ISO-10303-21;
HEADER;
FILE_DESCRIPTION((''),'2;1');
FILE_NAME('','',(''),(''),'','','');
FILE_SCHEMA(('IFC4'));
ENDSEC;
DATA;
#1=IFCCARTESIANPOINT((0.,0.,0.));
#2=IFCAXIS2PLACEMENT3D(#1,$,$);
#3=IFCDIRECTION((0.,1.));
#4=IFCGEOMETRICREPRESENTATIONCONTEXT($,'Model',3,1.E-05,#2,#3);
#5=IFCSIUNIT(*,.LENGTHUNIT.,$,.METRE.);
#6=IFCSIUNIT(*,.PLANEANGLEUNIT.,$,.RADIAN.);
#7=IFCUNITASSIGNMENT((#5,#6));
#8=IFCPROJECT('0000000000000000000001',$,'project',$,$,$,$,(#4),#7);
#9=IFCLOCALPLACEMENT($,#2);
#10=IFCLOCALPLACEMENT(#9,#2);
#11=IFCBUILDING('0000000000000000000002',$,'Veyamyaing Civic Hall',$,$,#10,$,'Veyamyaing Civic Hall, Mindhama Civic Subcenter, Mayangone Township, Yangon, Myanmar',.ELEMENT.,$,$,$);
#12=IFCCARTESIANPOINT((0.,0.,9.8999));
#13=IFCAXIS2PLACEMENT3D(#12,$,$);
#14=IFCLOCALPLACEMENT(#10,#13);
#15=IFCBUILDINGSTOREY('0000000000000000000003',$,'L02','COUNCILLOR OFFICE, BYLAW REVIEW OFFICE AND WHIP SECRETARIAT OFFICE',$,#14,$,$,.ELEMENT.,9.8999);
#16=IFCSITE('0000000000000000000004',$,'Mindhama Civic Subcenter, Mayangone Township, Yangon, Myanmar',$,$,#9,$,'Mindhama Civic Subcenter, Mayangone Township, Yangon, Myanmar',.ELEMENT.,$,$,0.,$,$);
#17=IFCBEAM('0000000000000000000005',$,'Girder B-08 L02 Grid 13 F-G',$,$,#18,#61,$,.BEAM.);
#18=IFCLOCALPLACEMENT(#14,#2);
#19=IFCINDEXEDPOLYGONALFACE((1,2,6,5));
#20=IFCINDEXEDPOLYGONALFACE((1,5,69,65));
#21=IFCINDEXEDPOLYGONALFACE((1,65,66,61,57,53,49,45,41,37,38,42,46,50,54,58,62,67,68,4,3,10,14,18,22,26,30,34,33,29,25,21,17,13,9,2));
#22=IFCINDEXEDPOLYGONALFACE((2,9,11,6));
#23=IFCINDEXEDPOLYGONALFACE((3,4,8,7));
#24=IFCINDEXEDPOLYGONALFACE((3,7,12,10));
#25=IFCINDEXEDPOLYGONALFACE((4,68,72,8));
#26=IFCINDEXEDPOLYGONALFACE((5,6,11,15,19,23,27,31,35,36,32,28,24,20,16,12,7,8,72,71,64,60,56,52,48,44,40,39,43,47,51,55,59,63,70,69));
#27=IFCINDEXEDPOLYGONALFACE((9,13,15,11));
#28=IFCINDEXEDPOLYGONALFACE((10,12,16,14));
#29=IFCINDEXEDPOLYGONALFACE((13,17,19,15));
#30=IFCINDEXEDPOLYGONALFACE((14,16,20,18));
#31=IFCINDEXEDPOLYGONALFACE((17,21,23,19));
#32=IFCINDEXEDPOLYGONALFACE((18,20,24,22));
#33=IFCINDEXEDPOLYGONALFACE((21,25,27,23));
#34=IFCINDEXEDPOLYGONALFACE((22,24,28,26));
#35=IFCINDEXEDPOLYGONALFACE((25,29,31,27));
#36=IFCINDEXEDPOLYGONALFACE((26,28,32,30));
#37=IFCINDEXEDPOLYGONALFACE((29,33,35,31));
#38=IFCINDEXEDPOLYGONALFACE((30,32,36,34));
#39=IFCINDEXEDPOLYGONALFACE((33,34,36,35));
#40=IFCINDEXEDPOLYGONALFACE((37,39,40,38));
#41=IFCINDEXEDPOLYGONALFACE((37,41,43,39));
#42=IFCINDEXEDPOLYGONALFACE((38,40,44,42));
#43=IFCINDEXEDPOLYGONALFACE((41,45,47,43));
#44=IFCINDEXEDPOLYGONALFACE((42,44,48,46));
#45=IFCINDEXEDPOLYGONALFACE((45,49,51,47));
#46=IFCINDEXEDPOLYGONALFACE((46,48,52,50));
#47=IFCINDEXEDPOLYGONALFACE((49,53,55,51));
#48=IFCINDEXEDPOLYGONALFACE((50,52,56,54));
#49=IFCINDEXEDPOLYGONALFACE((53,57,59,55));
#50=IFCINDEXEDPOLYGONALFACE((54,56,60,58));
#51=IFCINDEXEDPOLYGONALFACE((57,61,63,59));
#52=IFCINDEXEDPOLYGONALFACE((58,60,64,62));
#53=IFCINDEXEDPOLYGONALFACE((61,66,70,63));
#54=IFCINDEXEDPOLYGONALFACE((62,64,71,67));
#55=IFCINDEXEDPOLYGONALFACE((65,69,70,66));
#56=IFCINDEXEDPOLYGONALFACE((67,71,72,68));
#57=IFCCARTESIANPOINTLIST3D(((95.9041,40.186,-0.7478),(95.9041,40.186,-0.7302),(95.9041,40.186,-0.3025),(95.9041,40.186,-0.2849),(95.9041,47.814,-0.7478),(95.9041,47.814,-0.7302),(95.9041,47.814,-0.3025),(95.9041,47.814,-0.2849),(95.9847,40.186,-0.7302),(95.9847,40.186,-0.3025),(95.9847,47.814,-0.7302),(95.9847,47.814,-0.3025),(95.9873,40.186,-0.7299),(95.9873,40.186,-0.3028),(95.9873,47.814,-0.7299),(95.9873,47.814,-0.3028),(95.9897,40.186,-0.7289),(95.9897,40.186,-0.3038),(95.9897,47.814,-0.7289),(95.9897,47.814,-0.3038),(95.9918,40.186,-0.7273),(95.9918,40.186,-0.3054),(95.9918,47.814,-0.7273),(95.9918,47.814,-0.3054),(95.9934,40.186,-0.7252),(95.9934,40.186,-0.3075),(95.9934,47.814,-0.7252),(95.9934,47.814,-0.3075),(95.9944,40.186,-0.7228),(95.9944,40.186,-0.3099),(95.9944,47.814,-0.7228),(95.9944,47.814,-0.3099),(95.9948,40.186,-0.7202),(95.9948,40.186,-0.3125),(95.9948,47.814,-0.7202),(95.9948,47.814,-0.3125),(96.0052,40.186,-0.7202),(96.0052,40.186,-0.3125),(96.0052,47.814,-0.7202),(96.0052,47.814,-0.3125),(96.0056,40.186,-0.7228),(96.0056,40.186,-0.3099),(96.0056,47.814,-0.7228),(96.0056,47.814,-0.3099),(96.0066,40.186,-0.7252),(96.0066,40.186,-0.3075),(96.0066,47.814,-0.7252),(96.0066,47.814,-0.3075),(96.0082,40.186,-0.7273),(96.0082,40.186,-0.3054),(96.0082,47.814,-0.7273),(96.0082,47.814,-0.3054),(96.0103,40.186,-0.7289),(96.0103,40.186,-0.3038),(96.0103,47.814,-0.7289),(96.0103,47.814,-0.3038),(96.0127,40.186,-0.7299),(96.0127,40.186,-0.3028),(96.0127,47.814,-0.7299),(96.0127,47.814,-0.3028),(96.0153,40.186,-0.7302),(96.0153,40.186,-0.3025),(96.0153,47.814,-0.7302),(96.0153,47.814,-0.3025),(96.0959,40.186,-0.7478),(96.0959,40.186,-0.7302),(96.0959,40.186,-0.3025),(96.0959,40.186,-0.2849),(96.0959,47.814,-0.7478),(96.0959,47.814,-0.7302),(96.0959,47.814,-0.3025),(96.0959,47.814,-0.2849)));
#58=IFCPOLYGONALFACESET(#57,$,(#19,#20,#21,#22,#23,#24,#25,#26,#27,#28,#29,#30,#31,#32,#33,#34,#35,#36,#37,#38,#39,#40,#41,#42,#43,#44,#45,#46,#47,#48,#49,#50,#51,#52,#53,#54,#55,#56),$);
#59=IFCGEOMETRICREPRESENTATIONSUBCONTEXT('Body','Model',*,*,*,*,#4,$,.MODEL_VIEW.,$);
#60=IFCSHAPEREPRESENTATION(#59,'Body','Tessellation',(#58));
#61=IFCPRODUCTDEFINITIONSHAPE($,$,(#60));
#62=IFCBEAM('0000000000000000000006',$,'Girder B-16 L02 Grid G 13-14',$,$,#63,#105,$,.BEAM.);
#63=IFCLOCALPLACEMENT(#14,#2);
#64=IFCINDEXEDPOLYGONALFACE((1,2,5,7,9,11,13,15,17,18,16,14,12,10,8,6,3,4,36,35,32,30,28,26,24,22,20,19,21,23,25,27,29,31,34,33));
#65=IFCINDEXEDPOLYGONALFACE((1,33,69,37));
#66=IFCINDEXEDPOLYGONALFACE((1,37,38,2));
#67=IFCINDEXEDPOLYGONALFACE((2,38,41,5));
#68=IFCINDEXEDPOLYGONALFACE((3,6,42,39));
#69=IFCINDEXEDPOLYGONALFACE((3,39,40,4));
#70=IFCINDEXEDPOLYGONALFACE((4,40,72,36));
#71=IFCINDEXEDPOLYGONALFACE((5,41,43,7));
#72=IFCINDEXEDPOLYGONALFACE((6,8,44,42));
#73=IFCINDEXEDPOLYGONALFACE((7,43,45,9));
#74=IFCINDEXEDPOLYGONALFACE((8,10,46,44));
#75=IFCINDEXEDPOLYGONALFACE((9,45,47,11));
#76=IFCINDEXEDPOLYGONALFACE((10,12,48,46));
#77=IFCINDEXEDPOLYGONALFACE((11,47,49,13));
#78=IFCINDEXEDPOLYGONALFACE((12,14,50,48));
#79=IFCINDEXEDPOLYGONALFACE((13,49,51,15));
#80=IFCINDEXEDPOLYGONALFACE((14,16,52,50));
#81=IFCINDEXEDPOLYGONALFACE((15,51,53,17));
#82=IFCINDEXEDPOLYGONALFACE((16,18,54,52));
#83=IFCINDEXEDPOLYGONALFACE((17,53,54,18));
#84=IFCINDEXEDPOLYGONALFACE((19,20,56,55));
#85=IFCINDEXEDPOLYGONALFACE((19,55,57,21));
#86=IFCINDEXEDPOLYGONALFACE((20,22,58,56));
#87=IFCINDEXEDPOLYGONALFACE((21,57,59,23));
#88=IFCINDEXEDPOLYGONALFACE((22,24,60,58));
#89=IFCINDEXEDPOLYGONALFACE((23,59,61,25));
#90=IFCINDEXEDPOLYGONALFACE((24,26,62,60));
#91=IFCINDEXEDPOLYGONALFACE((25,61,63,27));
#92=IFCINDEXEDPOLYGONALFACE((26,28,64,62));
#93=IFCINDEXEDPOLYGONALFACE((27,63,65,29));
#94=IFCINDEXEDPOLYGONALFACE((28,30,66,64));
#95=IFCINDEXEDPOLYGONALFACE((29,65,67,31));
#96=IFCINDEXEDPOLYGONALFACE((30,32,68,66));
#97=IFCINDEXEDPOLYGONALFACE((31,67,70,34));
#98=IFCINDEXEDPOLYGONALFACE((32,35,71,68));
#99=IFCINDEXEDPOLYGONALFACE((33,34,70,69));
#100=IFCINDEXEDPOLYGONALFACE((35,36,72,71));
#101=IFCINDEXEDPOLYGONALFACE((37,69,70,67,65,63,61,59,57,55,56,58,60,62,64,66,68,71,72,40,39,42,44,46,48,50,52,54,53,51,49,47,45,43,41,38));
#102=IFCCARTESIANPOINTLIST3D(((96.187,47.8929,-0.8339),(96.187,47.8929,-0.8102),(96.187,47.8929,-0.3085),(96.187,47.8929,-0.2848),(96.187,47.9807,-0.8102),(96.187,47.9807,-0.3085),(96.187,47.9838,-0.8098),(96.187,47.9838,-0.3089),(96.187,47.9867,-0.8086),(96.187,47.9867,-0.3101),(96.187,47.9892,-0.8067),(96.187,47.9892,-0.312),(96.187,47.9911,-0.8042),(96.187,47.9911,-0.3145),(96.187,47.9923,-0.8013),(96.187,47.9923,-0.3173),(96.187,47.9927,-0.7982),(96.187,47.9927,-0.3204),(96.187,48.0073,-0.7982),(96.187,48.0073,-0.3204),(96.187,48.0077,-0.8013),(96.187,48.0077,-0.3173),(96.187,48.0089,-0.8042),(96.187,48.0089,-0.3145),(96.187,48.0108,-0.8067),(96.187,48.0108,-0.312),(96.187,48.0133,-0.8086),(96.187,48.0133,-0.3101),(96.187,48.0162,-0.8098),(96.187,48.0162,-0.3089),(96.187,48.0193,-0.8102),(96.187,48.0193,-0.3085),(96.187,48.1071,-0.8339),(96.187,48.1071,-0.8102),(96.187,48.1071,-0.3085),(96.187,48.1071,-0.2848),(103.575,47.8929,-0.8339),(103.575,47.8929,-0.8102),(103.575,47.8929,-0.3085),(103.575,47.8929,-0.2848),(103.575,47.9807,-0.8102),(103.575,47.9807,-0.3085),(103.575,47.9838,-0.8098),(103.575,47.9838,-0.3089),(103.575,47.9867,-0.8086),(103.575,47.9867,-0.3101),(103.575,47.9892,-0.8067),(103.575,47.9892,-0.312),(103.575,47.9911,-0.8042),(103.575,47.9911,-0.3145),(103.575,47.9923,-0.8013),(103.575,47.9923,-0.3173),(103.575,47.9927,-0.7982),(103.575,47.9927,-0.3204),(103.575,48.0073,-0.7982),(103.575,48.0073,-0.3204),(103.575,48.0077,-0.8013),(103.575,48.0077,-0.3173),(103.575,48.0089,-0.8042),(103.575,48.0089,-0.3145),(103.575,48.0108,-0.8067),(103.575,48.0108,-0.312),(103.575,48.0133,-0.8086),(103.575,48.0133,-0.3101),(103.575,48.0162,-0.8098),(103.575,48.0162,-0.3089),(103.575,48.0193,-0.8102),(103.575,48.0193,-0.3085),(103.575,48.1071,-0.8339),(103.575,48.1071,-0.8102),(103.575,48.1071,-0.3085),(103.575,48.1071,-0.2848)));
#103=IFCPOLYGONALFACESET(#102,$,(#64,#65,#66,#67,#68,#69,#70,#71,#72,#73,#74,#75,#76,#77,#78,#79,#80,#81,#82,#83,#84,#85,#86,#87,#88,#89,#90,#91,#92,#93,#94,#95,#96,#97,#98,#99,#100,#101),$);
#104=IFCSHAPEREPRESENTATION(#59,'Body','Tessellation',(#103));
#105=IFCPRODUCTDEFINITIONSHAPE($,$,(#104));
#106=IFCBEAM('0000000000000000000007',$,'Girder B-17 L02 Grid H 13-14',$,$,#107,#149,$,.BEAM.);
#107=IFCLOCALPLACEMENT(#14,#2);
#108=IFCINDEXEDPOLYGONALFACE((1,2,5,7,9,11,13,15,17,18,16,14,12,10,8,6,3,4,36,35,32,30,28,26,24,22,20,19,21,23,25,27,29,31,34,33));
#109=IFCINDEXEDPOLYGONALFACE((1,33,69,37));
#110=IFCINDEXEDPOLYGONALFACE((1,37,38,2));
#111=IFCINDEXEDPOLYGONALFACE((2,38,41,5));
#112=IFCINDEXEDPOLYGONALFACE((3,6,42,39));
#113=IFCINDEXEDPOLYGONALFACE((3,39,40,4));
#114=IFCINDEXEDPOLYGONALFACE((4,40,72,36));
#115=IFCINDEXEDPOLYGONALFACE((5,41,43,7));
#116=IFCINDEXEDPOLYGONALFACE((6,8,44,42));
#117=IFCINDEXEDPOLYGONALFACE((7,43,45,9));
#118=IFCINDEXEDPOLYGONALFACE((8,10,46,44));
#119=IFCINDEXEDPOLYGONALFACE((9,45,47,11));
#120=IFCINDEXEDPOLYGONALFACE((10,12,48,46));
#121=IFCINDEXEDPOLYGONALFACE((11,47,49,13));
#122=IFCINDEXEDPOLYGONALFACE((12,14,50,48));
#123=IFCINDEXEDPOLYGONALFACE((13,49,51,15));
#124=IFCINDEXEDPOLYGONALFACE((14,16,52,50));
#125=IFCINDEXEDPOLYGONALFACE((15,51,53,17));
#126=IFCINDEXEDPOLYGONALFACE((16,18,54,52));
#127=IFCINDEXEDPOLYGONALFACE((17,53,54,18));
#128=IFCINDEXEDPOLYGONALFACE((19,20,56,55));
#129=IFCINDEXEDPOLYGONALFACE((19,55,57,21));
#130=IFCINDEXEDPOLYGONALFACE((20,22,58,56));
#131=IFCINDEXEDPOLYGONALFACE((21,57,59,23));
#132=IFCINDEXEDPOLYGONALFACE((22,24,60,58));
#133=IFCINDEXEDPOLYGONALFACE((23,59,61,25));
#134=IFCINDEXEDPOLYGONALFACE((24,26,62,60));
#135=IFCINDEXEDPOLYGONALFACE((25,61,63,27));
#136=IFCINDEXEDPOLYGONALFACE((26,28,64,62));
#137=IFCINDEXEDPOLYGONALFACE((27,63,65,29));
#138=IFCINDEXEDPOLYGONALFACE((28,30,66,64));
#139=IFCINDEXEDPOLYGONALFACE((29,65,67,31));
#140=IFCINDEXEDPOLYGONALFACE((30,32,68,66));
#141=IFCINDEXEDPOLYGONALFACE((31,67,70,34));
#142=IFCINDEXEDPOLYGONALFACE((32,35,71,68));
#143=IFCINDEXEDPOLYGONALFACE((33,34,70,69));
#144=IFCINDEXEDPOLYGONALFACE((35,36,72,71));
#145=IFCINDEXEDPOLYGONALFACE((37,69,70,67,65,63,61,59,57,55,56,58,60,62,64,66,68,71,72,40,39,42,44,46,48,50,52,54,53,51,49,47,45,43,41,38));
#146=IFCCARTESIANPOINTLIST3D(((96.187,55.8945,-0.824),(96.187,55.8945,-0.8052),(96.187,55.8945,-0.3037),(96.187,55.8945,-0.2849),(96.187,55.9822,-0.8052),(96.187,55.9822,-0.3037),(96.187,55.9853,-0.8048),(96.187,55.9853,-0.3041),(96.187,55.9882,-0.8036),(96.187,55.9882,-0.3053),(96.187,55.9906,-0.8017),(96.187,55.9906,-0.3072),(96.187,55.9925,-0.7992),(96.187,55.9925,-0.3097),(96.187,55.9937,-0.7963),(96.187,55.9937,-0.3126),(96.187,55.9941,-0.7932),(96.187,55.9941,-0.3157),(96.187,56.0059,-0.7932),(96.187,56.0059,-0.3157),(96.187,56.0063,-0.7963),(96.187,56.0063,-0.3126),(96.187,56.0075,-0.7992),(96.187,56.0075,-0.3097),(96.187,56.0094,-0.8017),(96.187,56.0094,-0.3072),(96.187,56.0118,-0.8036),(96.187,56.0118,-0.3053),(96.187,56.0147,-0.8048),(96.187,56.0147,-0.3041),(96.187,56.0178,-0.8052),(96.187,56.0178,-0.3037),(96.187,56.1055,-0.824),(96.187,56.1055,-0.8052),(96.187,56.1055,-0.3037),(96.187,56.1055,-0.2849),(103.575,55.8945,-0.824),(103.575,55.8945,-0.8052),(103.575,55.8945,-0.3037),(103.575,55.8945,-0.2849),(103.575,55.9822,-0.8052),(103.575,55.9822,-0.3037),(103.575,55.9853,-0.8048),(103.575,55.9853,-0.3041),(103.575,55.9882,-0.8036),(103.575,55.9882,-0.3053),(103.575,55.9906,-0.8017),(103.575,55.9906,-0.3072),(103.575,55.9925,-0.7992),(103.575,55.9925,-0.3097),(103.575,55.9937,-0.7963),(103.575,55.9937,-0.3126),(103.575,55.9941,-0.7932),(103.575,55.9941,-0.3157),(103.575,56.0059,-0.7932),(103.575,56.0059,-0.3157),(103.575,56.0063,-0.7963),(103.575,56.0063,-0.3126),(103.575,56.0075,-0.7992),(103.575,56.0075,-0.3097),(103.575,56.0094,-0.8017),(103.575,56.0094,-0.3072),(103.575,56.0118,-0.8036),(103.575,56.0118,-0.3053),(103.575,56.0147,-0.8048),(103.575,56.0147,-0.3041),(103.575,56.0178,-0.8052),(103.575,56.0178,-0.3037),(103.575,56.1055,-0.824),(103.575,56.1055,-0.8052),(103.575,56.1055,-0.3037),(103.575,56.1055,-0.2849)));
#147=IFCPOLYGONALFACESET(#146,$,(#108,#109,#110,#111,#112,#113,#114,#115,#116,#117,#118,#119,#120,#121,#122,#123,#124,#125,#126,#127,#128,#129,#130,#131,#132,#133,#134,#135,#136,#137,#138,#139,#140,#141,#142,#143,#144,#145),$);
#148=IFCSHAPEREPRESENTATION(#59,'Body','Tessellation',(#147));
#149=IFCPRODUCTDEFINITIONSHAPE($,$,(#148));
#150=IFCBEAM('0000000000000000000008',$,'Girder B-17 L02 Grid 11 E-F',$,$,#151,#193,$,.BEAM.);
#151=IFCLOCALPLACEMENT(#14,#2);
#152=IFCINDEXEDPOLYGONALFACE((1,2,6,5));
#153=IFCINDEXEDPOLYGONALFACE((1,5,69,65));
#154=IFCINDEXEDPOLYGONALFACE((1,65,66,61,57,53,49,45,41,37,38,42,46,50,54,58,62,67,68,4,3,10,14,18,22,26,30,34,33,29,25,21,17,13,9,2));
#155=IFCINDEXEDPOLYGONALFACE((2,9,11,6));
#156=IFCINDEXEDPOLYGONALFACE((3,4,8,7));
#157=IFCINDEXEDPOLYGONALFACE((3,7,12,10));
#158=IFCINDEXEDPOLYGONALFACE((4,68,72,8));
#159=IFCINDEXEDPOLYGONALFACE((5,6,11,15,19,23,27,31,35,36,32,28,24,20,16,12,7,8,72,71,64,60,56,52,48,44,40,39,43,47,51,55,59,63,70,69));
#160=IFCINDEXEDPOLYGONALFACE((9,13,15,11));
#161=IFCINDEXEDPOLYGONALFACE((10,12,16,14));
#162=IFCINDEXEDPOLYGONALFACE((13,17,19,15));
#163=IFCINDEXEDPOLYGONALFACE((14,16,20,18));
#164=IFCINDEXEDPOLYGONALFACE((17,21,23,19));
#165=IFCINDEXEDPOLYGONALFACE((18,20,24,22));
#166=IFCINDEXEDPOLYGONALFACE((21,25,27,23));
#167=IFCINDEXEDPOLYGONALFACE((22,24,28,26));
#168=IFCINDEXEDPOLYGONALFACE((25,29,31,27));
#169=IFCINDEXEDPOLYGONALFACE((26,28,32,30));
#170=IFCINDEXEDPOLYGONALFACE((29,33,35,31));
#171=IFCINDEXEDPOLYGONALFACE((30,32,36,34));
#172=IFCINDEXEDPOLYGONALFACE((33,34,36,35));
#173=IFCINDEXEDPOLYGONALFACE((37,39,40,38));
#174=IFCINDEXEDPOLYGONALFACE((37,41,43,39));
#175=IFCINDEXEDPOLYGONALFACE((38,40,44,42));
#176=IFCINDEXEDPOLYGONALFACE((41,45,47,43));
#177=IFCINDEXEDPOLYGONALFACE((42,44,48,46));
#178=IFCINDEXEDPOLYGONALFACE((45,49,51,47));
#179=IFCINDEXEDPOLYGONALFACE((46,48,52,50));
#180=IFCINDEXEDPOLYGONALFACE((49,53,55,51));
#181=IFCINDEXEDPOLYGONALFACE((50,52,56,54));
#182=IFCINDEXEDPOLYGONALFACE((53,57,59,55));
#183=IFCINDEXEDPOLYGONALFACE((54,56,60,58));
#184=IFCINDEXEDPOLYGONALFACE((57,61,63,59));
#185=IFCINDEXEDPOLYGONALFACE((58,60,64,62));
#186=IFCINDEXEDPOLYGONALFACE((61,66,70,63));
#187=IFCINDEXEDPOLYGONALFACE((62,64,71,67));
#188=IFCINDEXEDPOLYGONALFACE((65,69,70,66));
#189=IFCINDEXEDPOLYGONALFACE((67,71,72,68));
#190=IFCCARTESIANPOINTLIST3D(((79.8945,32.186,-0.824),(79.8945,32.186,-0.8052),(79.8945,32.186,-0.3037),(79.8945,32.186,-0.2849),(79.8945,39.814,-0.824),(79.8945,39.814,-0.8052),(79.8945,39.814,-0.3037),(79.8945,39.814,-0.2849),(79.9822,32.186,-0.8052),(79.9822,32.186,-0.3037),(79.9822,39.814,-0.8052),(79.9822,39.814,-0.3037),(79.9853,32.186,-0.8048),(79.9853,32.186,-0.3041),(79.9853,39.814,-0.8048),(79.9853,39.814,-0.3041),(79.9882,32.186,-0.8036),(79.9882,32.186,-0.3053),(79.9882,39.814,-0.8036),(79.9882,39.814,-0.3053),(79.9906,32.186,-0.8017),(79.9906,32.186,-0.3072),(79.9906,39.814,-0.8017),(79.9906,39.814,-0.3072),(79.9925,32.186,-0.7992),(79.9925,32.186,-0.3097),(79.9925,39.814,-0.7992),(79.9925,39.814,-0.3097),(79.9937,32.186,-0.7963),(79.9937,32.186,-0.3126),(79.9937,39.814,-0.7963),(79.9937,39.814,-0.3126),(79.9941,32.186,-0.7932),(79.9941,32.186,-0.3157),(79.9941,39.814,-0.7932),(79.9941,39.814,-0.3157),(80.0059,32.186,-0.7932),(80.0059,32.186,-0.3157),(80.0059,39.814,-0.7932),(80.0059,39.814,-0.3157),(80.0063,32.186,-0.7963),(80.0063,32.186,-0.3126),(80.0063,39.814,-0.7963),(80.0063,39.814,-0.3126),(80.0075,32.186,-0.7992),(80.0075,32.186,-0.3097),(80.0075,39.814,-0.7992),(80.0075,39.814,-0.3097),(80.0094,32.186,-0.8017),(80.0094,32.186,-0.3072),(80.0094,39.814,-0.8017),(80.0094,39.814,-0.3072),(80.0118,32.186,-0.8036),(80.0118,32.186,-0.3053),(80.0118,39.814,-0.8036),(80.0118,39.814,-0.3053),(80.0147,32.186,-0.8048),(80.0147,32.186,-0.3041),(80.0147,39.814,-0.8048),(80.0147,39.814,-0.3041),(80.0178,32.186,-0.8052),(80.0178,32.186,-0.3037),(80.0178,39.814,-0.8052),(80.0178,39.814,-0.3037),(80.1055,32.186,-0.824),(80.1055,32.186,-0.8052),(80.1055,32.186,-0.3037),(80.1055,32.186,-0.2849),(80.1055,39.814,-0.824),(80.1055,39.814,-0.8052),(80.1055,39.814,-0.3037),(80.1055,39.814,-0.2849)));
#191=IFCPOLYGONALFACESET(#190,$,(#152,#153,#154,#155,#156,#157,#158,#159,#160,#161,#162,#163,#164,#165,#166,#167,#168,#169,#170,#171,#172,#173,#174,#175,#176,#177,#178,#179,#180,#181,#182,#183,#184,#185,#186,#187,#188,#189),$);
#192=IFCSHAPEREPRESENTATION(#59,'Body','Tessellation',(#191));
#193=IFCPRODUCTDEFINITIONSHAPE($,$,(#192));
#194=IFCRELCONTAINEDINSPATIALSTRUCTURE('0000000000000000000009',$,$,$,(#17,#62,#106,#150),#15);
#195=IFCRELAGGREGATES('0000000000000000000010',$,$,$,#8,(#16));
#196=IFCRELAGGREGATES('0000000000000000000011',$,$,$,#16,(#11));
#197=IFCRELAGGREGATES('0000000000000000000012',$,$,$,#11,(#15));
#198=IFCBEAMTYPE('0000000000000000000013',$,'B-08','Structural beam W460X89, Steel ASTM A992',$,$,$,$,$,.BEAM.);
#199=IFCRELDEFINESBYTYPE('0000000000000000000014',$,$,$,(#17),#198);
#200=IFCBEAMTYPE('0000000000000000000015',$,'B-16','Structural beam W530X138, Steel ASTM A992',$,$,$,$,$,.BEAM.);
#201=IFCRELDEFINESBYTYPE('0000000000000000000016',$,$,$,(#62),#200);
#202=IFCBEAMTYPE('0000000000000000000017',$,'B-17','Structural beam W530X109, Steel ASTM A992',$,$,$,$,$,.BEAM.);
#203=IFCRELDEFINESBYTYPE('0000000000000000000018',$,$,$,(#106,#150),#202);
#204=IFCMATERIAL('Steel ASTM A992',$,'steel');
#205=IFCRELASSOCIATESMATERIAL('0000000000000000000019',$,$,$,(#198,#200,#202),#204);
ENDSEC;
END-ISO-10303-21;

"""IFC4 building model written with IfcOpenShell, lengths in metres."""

from ifc_helpers import new_model, si_unit, direction, frame, origin, origin_2d, place, context, subcontext, project, spatial, i_section, extrude, material, material_profile, profile_set, type_object, element, save


model = new_model("IFC4")

# Units and contexts
model_context = context("Model", 3, precision=1e-05, world=origin(), true_north=direction((0.0, 1.0)))
body_context = subcontext(model_context, "Body", "Model", "MODEL_VIEW")
ifc_project = project(units=[si_unit("LENGTHUNIT", "METRE"), si_unit("PLANEANGLEUNIT", "RADIAN")], contexts=[model_context])

# Site, building, storey
site_placement = place(None, origin())
site = spatial("IfcSite", under=ifc_project, at=site_placement, Name="Mindhama Civic Subcenter, Mayangone Township, Yangon, Myanmar", LongName="Mindhama Civic Subcenter, Mayangone Township, Yangon, Myanmar", CompositionType="ELEMENT", RefElevation=0.0)
building_placement = place(site_placement, origin())
building = spatial("IfcBuilding", under=site, at=building_placement, Name="Veyamyaing Civic Hall", LongName="Veyamyaing Civic Hall, Mindhama Civic Subcenter, Mayangone Township, Yangon, Myanmar", CompositionType="ELEMENT")
storey_placement = place(building_placement, frame((0.0, 0.0, 9.8999)))
storey = spatial("IfcBuildingStorey", under=building, at=storey_placement, Name="L02", Description="COUNCILLOR OFFICE, BYLAW REVIEW OFFICE AND WHIP SECRETARIAT OFFICE", CompositionType="ELEMENT", Elevation=9.8999)

# Beams
ifc_material_1 = material(Name="Steel ASTM A992", Category="steel")
ifc_material_profile_1 = material_profile(ifc_material_1, i_section(OverallWidth=0.1919, OverallDepth=0.4629, WebThickness=0.0105, FlangeThickness=0.0176, FilletRadius=0.01, at=origin_2d()), Name="W460X89")
ifc_profile_set_1 = profile_set([ifc_material_profile_1], Name="Steel ASTM A992")
beam_type_1 = type_object("IfcBeamType", Name="B-08", Description="Structural beam W460X89, Steel ASTM A992", PredefinedType="BEAM", material=ifc_profile_set_1)
beam_1_placement = place(storey_placement, frame((96.0, 40.186, -0.5164), z_axis=(0.0, 1.0, 0.0), x_axis=(-1.0, 0.0, 0.0)))
element("IfcBeam", 1, at=beam_1_placement, inside=storey, type_object=beam_type_1, Name="Girder B-08 L02 Grid 13 F-G", PredefinedType="BEAM", context=body_context, shape_type="SweptSolid", body=[
    extrude(i_section(OverallWidth=0.1919, OverallDepth=0.4629, WebThickness=0.0105, FlangeThickness=0.0176, FilletRadius=0.01, at=origin_2d()), origin(), (0.0, 0.0, 1.0), 7.6279),
])
ifc_material_profile_2 = material_profile(ifc_material_1, i_section(OverallWidth=0.2141, OverallDepth=0.5491, WebThickness=0.0146, FlangeThickness=0.0237, FilletRadius=0.012, at=origin_2d()), Name="W530X138")
ifc_profile_set_2 = profile_set([ifc_material_profile_2], Name="Steel ASTM A992")
beam_type_2 = type_object("IfcBeamType", Name="B-16", Description="Structural beam W530X138, Steel ASTM A992", PredefinedType="BEAM", material=ifc_profile_set_2)
beam_2_placement = place(storey_placement, frame((96.187, 48.0, -0.5593), z_axis=(1.0, 0.0, 0.0), x_axis=(0.0, 1.0, 0.0)))
element("IfcBeam", 2, at=beam_2_placement, inside=storey, type_object=beam_type_2, Name="Girder B-16 L02 Grid G 13-14", PredefinedType="BEAM", context=body_context, shape_type="SweptSolid", body=[
    extrude(i_section(OverallWidth=0.2141, OverallDepth=0.5491, WebThickness=0.0146, FlangeThickness=0.0237, FilletRadius=0.012, at=origin_2d()), origin(), (0.0, 0.0, 1.0), 7.3879),
])
ifc_material_profile_3 = material_profile(ifc_material_1, i_section(OverallWidth=0.2109, OverallDepth=0.5391, WebThickness=0.0117, FlangeThickness=0.0188, FilletRadius=0.012, at=origin_2d()), Name="W530X109")
ifc_profile_set_3 = profile_set([ifc_material_profile_3], Name="Steel ASTM A992")
beam_type_3 = type_object("IfcBeamType", Name="B-17", Description="Structural beam W530X109, Steel ASTM A992", PredefinedType="BEAM", material=ifc_profile_set_3)
beam_3_placement = place(storey_placement, frame((96.187, 56.0, -0.5544), z_axis=(1.0, 0.0, 0.0), x_axis=(0.0, 1.0, 0.0)))
element("IfcBeam", 3, at=beam_3_placement, inside=storey, type_object=beam_type_3, Name="Girder B-17 L02 Grid H 13-14", PredefinedType="BEAM", context=body_context, shape_type="SweptSolid", body=[
    extrude(i_section(OverallWidth=0.2109, OverallDepth=0.5391, WebThickness=0.0117, FlangeThickness=0.0188, FilletRadius=0.012, at=origin_2d()), origin(), (0.0, 0.0, 1.0), 7.3879),
])
for number, where, z_axis, x_axis, name in (
    (4, (80.0, 32.186, -0.5544), (0.0, 1.0, 0.0), (-1.0, 0.0, 0.0), "Girder B-17 L02 Grid 11 E-F"),
):
    element("IfcBeam", number, at=place(storey_placement, frame(where, z_axis=z_axis, x_axis=x_axis)), inside=storey, type_object=beam_type_3, Name=name, PredefinedType="BEAM", context=body_context, shape_type="SweptSolid", body=[
        extrude(i_section(OverallWidth=0.2109, OverallDepth=0.5391, WebThickness=0.0117, FlangeThickness=0.0188, FilletRadius=0.012, at=origin_2d()), origin(), (0.0, 0.0, 1.0), 7.6279),
    ])

save(model, "model.ifc")
